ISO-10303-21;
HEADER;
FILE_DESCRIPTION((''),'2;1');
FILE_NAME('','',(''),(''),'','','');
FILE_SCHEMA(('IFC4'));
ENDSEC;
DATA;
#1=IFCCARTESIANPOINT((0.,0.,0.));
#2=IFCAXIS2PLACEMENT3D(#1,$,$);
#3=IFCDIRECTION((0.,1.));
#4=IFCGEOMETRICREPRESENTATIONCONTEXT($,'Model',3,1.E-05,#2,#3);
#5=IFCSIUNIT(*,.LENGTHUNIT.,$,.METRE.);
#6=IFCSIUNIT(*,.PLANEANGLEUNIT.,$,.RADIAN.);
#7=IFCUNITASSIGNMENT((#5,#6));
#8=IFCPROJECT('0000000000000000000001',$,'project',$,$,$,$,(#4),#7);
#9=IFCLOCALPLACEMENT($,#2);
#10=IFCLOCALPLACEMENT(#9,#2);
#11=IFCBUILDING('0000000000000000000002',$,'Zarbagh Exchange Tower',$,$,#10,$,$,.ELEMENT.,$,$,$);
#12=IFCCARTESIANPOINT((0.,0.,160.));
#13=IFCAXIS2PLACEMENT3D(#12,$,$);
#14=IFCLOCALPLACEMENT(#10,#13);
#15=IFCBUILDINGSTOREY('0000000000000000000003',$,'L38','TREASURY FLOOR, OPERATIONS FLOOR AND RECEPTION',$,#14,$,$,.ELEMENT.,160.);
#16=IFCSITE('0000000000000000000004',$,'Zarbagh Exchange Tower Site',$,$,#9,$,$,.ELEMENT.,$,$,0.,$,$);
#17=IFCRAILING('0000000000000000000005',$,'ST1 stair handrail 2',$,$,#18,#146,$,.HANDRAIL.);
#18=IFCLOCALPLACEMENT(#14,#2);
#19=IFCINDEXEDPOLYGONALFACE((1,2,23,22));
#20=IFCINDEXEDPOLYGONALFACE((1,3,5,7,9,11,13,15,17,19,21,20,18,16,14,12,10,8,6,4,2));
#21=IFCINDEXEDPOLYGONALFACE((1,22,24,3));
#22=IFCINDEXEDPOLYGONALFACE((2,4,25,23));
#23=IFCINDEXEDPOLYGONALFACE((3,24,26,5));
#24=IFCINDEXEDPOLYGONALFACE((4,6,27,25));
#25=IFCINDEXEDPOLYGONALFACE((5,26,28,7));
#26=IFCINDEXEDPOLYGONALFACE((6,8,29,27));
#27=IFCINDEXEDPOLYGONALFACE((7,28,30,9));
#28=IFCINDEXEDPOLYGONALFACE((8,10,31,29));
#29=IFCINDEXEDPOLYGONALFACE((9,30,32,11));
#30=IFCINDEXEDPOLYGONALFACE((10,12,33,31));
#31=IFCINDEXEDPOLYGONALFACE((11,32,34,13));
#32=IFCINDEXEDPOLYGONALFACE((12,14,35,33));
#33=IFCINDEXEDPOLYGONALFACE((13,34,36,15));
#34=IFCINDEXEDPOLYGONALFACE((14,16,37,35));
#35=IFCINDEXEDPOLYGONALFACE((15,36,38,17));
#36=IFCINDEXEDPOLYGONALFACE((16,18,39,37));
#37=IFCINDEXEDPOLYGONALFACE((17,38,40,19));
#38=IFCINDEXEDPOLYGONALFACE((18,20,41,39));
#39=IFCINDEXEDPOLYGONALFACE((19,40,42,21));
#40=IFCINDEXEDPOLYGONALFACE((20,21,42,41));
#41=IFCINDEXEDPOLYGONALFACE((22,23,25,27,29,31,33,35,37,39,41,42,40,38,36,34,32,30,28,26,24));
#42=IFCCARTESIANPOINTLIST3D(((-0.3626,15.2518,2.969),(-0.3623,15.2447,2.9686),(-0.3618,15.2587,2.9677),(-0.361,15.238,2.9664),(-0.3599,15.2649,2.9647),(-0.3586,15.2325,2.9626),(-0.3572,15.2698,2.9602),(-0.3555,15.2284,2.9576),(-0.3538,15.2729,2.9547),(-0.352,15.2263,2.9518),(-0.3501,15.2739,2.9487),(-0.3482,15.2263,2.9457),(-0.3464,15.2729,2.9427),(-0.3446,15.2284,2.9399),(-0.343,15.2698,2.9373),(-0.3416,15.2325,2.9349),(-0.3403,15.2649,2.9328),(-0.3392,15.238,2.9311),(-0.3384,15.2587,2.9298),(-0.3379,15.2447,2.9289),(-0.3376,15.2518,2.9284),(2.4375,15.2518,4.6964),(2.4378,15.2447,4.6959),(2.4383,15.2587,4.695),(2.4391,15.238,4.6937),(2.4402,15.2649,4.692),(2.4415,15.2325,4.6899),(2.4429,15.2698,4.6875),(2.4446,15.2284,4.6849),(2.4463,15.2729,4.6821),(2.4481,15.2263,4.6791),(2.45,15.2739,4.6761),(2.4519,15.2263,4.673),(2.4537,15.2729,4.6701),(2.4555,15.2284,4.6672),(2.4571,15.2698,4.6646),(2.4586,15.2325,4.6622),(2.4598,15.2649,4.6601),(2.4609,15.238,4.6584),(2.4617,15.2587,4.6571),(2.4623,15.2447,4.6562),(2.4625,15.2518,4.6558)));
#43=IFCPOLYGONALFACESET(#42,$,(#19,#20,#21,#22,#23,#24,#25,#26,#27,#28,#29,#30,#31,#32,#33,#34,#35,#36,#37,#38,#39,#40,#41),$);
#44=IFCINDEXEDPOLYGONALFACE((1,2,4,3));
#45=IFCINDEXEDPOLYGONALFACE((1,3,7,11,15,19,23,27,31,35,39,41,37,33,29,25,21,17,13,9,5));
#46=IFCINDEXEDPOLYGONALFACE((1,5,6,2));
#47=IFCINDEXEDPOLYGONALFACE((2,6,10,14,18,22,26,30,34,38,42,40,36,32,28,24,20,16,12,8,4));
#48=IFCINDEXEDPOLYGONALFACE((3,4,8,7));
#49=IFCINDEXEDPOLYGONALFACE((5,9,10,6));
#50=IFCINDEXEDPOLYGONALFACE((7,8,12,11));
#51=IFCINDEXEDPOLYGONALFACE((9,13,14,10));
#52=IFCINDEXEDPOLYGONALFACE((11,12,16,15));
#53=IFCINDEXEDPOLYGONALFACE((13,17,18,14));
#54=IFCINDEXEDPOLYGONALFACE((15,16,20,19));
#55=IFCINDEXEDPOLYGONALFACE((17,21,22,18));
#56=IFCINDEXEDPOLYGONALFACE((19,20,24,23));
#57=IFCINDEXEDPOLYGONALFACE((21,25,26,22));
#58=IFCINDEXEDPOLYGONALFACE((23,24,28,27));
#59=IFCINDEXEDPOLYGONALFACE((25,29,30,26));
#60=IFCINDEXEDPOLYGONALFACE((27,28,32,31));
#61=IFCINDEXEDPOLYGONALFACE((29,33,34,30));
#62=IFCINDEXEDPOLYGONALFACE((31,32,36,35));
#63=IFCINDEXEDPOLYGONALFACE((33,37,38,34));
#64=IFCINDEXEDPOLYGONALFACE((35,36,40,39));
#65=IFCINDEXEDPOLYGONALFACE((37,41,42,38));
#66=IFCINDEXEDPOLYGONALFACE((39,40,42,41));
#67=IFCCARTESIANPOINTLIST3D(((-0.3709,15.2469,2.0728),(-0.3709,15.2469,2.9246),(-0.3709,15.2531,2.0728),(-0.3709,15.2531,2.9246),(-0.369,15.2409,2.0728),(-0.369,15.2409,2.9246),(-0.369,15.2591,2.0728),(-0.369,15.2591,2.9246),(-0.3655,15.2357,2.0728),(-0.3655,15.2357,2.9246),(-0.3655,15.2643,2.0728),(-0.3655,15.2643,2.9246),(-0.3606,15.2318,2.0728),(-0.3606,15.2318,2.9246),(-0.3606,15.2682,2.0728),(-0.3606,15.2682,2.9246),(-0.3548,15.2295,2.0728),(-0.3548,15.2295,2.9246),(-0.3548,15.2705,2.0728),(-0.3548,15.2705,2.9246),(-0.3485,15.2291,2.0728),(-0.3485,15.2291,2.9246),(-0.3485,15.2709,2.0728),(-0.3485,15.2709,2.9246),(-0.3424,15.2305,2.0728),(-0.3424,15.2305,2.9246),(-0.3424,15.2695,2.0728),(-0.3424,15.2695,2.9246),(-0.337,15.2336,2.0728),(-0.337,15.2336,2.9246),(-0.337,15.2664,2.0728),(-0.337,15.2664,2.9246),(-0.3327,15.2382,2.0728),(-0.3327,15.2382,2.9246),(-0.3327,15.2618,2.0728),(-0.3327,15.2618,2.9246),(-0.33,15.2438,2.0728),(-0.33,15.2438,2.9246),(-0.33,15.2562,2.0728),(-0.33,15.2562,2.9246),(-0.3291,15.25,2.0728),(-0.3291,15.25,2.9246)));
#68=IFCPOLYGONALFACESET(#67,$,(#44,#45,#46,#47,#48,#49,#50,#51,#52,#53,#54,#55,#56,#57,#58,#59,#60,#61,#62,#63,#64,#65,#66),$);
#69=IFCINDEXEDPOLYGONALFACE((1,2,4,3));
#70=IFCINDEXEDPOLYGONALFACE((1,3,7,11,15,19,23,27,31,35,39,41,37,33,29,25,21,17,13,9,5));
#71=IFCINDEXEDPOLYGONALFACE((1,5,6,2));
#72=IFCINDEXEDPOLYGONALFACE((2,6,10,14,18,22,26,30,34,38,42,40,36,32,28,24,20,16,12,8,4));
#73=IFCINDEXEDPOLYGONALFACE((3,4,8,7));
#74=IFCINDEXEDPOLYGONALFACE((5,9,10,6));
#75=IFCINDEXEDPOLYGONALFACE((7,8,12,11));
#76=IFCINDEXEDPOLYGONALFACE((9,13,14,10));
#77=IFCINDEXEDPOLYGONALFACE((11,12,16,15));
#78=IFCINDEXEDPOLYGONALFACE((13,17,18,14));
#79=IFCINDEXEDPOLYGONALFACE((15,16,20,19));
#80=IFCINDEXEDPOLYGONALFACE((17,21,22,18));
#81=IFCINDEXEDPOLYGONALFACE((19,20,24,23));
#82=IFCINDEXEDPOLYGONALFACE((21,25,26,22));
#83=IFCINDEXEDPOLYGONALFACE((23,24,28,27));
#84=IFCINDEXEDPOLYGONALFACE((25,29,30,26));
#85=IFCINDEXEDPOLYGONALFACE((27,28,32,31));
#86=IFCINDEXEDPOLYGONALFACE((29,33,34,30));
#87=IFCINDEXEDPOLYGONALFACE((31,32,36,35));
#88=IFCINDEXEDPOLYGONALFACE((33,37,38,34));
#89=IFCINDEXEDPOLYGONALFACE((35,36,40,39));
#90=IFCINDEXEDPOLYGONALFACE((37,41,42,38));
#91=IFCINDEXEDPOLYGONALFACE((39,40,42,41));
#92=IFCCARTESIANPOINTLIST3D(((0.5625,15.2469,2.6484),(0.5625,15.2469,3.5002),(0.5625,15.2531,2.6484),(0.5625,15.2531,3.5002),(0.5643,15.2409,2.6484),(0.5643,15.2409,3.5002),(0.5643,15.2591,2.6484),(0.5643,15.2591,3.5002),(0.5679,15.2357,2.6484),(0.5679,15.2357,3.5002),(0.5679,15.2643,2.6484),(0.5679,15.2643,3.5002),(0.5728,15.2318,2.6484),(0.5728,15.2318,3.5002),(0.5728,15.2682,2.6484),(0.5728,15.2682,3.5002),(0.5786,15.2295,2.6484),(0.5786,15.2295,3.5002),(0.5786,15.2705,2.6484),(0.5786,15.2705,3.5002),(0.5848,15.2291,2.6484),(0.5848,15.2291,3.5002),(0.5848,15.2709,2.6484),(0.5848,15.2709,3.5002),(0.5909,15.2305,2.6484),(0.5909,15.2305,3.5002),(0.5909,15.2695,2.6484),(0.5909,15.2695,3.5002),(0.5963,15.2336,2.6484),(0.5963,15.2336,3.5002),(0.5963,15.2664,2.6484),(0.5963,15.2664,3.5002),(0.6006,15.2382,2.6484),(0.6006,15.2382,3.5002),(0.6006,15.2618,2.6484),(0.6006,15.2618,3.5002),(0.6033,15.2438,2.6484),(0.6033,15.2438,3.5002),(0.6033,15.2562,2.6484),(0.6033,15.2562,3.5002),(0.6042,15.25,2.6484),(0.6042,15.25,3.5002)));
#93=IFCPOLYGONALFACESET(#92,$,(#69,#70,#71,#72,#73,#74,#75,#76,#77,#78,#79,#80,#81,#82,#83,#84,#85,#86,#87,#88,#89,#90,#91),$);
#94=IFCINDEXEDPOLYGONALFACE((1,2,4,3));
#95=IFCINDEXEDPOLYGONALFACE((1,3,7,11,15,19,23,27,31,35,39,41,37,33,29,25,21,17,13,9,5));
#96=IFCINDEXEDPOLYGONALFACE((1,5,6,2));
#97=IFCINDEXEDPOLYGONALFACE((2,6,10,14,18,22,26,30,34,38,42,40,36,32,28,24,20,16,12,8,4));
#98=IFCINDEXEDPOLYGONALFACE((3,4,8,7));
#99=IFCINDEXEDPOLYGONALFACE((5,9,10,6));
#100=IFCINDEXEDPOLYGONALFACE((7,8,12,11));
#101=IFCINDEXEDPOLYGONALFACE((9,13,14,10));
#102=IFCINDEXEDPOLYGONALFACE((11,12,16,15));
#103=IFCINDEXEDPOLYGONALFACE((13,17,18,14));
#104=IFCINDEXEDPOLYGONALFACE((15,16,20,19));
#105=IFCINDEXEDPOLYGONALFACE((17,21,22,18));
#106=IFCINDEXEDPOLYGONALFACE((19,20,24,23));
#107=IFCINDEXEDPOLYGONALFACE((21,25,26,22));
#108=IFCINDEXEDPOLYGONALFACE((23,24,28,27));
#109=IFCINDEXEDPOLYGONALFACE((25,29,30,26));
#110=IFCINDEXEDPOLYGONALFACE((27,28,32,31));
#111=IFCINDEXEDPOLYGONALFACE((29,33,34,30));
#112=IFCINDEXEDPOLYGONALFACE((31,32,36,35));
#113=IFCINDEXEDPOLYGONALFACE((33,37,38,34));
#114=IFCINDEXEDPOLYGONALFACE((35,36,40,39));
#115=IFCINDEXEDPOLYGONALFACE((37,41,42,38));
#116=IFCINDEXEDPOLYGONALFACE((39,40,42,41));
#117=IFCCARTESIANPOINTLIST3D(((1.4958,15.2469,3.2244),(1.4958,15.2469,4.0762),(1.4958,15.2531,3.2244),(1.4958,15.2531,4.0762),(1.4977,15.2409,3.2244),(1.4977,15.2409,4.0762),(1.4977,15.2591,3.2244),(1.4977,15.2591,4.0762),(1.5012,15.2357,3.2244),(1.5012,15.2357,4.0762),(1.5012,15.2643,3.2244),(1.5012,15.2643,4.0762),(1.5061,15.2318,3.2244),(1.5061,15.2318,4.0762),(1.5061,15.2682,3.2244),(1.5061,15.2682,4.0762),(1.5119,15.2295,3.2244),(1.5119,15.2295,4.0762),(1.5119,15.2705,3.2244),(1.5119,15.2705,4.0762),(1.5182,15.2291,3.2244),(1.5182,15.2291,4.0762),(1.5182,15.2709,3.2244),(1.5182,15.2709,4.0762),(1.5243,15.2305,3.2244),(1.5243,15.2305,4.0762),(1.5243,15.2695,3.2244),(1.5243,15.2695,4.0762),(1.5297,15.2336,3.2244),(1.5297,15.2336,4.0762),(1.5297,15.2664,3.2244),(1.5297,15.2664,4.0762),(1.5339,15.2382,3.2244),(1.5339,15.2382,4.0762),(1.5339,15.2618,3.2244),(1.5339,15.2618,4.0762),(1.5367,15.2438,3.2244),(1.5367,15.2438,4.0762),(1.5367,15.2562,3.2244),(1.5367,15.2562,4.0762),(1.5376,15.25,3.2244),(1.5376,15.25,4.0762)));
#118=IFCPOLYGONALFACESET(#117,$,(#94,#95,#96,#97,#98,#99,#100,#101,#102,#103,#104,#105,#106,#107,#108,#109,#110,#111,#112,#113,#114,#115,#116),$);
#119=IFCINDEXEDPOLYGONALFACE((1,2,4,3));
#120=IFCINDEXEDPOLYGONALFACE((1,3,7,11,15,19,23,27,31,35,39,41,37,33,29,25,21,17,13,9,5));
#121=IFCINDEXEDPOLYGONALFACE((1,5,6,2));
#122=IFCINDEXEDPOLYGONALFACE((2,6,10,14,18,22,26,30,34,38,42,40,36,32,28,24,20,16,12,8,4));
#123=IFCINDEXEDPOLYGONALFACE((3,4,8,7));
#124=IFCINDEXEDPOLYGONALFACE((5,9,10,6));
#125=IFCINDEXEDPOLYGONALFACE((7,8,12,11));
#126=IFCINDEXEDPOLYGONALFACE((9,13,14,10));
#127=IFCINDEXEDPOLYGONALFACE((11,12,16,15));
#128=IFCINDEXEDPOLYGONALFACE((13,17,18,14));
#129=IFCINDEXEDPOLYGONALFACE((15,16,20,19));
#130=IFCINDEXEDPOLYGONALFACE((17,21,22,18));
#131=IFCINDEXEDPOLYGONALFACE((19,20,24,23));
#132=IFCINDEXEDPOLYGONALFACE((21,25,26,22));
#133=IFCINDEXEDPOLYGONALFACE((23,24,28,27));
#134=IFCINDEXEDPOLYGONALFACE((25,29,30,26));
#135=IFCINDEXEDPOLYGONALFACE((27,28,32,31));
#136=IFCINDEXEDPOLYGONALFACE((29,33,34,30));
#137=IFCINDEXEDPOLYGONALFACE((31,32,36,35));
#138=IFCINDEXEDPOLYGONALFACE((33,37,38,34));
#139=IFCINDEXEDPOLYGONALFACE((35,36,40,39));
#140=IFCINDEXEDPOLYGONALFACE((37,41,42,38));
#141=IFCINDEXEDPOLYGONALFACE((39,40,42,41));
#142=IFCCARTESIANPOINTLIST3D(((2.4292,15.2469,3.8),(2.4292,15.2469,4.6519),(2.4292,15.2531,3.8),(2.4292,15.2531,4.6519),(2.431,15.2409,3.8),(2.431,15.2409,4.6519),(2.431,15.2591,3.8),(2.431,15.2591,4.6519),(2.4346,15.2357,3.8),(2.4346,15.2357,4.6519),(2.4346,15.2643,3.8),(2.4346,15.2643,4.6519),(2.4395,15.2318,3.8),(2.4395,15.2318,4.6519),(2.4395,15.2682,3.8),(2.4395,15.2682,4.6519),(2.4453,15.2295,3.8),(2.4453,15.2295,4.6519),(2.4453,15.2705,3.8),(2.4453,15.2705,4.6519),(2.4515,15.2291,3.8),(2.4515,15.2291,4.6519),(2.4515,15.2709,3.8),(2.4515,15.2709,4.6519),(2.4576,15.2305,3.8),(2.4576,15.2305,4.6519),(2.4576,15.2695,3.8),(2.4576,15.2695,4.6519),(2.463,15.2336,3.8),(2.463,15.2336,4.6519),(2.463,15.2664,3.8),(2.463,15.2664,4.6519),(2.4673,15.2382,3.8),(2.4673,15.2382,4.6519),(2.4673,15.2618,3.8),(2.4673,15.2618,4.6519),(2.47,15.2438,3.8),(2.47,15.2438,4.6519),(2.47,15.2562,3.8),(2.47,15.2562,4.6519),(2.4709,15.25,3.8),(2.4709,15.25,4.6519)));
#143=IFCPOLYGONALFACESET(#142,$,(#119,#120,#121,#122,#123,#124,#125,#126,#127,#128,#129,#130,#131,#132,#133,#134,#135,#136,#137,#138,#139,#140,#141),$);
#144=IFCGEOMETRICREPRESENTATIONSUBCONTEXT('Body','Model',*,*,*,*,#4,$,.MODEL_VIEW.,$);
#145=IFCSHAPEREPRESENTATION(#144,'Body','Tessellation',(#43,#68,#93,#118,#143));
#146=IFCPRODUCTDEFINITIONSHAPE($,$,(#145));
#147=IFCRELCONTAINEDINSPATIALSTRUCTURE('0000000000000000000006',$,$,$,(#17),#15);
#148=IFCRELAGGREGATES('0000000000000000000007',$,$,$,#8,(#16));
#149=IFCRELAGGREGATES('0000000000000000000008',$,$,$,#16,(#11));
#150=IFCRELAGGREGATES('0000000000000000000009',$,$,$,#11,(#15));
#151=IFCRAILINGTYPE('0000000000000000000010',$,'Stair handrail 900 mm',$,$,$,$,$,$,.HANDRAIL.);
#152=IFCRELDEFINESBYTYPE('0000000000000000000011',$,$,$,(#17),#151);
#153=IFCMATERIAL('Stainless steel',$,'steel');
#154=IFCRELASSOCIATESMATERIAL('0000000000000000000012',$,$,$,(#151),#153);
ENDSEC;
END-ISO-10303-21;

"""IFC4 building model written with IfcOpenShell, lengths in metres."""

from ifc_helpers import new_model, si_unit, direction, frame, origin, origin_2d, place, context, subcontext, project, spatial, circle, extrude, material, type_object, element, save


model = new_model("IFC4")

# Units and contexts
model_context = context("Model", 3, precision=1e-05, world=origin(), true_north=direction((0.0, 1.0)))
body_context = subcontext(model_context, "Body", "Model", "MODEL_VIEW")
ifc_project = project(units=[si_unit("LENGTHUNIT", "METRE"), si_unit("PLANEANGLEUNIT", "RADIAN")], contexts=[model_context])

# Site, building, storey
site_placement = place(None, origin())
site = spatial("IfcSite", under=ifc_project, at=site_placement, Name="Zarbagh Exchange Tower Site", CompositionType="ELEMENT", RefElevation=0.0)
building_placement = place(site_placement, origin())
building = spatial("IfcBuilding", under=site, at=building_placement, Name="Zarbagh Exchange Tower", CompositionType="ELEMENT")
storey_placement = place(building_placement, frame((0.0, 0.0, 160.0)))
storey = spatial("IfcBuildingStorey", under=building, at=storey_placement, Name="L38", Description="TREASURY FLOOR, OPERATIONS FLOOR AND RECEPTION", CompositionType="ELEMENT", Elevation=160.0)

# Railing
ifc_material_1 = material(Name="Stainless steel", Category="steel")
railing_type_1 = type_object("IfcRailingType", Name="Stair handrail 900 mm", PredefinedType="HANDRAIL", material=ifc_material_1)
railing_1_placement = place(storey_placement, frame((-0.3501, 15.25, 2.0728)))
element("IfcRailing", 1, at=railing_1_placement, inside=storey, type_object=railing_type_1, Name="ST1 stair handrail 2", PredefinedType="HANDRAIL", context=body_context, shape_type="SweptSolid", body=[
    extrude(circle(Radius=0.0239, at=origin_2d()), frame((0.0, 0.0, 0.876), z_axis=(0.85109, 0.0, 0.52502), x_axis=(0.0, 1.0, 0.0)), (0.0, 0.0, 1.0), 3.29),
    extrude(circle(Radius=0.021, at=origin_2d()), origin(), (0.0, 0.0, 1.0), 0.8518),
    extrude(circle(Radius=0.021, at=origin_2d()), frame((0.9333, 0.0, 0.5757)), (0.0, 0.0, 1.0), 0.8518),
    extrude(circle(Radius=0.021, at=origin_2d()), frame((1.8667, 0.0, 1.1516)), (0.0, 0.0, 1.0), 0.8518),
    extrude(circle(Radius=0.021, at=origin_2d()), frame((2.8, 0.0, 1.7273)), (0.0, 0.0, 1.0), 0.8518),
])

save(model, "model.ifc")
